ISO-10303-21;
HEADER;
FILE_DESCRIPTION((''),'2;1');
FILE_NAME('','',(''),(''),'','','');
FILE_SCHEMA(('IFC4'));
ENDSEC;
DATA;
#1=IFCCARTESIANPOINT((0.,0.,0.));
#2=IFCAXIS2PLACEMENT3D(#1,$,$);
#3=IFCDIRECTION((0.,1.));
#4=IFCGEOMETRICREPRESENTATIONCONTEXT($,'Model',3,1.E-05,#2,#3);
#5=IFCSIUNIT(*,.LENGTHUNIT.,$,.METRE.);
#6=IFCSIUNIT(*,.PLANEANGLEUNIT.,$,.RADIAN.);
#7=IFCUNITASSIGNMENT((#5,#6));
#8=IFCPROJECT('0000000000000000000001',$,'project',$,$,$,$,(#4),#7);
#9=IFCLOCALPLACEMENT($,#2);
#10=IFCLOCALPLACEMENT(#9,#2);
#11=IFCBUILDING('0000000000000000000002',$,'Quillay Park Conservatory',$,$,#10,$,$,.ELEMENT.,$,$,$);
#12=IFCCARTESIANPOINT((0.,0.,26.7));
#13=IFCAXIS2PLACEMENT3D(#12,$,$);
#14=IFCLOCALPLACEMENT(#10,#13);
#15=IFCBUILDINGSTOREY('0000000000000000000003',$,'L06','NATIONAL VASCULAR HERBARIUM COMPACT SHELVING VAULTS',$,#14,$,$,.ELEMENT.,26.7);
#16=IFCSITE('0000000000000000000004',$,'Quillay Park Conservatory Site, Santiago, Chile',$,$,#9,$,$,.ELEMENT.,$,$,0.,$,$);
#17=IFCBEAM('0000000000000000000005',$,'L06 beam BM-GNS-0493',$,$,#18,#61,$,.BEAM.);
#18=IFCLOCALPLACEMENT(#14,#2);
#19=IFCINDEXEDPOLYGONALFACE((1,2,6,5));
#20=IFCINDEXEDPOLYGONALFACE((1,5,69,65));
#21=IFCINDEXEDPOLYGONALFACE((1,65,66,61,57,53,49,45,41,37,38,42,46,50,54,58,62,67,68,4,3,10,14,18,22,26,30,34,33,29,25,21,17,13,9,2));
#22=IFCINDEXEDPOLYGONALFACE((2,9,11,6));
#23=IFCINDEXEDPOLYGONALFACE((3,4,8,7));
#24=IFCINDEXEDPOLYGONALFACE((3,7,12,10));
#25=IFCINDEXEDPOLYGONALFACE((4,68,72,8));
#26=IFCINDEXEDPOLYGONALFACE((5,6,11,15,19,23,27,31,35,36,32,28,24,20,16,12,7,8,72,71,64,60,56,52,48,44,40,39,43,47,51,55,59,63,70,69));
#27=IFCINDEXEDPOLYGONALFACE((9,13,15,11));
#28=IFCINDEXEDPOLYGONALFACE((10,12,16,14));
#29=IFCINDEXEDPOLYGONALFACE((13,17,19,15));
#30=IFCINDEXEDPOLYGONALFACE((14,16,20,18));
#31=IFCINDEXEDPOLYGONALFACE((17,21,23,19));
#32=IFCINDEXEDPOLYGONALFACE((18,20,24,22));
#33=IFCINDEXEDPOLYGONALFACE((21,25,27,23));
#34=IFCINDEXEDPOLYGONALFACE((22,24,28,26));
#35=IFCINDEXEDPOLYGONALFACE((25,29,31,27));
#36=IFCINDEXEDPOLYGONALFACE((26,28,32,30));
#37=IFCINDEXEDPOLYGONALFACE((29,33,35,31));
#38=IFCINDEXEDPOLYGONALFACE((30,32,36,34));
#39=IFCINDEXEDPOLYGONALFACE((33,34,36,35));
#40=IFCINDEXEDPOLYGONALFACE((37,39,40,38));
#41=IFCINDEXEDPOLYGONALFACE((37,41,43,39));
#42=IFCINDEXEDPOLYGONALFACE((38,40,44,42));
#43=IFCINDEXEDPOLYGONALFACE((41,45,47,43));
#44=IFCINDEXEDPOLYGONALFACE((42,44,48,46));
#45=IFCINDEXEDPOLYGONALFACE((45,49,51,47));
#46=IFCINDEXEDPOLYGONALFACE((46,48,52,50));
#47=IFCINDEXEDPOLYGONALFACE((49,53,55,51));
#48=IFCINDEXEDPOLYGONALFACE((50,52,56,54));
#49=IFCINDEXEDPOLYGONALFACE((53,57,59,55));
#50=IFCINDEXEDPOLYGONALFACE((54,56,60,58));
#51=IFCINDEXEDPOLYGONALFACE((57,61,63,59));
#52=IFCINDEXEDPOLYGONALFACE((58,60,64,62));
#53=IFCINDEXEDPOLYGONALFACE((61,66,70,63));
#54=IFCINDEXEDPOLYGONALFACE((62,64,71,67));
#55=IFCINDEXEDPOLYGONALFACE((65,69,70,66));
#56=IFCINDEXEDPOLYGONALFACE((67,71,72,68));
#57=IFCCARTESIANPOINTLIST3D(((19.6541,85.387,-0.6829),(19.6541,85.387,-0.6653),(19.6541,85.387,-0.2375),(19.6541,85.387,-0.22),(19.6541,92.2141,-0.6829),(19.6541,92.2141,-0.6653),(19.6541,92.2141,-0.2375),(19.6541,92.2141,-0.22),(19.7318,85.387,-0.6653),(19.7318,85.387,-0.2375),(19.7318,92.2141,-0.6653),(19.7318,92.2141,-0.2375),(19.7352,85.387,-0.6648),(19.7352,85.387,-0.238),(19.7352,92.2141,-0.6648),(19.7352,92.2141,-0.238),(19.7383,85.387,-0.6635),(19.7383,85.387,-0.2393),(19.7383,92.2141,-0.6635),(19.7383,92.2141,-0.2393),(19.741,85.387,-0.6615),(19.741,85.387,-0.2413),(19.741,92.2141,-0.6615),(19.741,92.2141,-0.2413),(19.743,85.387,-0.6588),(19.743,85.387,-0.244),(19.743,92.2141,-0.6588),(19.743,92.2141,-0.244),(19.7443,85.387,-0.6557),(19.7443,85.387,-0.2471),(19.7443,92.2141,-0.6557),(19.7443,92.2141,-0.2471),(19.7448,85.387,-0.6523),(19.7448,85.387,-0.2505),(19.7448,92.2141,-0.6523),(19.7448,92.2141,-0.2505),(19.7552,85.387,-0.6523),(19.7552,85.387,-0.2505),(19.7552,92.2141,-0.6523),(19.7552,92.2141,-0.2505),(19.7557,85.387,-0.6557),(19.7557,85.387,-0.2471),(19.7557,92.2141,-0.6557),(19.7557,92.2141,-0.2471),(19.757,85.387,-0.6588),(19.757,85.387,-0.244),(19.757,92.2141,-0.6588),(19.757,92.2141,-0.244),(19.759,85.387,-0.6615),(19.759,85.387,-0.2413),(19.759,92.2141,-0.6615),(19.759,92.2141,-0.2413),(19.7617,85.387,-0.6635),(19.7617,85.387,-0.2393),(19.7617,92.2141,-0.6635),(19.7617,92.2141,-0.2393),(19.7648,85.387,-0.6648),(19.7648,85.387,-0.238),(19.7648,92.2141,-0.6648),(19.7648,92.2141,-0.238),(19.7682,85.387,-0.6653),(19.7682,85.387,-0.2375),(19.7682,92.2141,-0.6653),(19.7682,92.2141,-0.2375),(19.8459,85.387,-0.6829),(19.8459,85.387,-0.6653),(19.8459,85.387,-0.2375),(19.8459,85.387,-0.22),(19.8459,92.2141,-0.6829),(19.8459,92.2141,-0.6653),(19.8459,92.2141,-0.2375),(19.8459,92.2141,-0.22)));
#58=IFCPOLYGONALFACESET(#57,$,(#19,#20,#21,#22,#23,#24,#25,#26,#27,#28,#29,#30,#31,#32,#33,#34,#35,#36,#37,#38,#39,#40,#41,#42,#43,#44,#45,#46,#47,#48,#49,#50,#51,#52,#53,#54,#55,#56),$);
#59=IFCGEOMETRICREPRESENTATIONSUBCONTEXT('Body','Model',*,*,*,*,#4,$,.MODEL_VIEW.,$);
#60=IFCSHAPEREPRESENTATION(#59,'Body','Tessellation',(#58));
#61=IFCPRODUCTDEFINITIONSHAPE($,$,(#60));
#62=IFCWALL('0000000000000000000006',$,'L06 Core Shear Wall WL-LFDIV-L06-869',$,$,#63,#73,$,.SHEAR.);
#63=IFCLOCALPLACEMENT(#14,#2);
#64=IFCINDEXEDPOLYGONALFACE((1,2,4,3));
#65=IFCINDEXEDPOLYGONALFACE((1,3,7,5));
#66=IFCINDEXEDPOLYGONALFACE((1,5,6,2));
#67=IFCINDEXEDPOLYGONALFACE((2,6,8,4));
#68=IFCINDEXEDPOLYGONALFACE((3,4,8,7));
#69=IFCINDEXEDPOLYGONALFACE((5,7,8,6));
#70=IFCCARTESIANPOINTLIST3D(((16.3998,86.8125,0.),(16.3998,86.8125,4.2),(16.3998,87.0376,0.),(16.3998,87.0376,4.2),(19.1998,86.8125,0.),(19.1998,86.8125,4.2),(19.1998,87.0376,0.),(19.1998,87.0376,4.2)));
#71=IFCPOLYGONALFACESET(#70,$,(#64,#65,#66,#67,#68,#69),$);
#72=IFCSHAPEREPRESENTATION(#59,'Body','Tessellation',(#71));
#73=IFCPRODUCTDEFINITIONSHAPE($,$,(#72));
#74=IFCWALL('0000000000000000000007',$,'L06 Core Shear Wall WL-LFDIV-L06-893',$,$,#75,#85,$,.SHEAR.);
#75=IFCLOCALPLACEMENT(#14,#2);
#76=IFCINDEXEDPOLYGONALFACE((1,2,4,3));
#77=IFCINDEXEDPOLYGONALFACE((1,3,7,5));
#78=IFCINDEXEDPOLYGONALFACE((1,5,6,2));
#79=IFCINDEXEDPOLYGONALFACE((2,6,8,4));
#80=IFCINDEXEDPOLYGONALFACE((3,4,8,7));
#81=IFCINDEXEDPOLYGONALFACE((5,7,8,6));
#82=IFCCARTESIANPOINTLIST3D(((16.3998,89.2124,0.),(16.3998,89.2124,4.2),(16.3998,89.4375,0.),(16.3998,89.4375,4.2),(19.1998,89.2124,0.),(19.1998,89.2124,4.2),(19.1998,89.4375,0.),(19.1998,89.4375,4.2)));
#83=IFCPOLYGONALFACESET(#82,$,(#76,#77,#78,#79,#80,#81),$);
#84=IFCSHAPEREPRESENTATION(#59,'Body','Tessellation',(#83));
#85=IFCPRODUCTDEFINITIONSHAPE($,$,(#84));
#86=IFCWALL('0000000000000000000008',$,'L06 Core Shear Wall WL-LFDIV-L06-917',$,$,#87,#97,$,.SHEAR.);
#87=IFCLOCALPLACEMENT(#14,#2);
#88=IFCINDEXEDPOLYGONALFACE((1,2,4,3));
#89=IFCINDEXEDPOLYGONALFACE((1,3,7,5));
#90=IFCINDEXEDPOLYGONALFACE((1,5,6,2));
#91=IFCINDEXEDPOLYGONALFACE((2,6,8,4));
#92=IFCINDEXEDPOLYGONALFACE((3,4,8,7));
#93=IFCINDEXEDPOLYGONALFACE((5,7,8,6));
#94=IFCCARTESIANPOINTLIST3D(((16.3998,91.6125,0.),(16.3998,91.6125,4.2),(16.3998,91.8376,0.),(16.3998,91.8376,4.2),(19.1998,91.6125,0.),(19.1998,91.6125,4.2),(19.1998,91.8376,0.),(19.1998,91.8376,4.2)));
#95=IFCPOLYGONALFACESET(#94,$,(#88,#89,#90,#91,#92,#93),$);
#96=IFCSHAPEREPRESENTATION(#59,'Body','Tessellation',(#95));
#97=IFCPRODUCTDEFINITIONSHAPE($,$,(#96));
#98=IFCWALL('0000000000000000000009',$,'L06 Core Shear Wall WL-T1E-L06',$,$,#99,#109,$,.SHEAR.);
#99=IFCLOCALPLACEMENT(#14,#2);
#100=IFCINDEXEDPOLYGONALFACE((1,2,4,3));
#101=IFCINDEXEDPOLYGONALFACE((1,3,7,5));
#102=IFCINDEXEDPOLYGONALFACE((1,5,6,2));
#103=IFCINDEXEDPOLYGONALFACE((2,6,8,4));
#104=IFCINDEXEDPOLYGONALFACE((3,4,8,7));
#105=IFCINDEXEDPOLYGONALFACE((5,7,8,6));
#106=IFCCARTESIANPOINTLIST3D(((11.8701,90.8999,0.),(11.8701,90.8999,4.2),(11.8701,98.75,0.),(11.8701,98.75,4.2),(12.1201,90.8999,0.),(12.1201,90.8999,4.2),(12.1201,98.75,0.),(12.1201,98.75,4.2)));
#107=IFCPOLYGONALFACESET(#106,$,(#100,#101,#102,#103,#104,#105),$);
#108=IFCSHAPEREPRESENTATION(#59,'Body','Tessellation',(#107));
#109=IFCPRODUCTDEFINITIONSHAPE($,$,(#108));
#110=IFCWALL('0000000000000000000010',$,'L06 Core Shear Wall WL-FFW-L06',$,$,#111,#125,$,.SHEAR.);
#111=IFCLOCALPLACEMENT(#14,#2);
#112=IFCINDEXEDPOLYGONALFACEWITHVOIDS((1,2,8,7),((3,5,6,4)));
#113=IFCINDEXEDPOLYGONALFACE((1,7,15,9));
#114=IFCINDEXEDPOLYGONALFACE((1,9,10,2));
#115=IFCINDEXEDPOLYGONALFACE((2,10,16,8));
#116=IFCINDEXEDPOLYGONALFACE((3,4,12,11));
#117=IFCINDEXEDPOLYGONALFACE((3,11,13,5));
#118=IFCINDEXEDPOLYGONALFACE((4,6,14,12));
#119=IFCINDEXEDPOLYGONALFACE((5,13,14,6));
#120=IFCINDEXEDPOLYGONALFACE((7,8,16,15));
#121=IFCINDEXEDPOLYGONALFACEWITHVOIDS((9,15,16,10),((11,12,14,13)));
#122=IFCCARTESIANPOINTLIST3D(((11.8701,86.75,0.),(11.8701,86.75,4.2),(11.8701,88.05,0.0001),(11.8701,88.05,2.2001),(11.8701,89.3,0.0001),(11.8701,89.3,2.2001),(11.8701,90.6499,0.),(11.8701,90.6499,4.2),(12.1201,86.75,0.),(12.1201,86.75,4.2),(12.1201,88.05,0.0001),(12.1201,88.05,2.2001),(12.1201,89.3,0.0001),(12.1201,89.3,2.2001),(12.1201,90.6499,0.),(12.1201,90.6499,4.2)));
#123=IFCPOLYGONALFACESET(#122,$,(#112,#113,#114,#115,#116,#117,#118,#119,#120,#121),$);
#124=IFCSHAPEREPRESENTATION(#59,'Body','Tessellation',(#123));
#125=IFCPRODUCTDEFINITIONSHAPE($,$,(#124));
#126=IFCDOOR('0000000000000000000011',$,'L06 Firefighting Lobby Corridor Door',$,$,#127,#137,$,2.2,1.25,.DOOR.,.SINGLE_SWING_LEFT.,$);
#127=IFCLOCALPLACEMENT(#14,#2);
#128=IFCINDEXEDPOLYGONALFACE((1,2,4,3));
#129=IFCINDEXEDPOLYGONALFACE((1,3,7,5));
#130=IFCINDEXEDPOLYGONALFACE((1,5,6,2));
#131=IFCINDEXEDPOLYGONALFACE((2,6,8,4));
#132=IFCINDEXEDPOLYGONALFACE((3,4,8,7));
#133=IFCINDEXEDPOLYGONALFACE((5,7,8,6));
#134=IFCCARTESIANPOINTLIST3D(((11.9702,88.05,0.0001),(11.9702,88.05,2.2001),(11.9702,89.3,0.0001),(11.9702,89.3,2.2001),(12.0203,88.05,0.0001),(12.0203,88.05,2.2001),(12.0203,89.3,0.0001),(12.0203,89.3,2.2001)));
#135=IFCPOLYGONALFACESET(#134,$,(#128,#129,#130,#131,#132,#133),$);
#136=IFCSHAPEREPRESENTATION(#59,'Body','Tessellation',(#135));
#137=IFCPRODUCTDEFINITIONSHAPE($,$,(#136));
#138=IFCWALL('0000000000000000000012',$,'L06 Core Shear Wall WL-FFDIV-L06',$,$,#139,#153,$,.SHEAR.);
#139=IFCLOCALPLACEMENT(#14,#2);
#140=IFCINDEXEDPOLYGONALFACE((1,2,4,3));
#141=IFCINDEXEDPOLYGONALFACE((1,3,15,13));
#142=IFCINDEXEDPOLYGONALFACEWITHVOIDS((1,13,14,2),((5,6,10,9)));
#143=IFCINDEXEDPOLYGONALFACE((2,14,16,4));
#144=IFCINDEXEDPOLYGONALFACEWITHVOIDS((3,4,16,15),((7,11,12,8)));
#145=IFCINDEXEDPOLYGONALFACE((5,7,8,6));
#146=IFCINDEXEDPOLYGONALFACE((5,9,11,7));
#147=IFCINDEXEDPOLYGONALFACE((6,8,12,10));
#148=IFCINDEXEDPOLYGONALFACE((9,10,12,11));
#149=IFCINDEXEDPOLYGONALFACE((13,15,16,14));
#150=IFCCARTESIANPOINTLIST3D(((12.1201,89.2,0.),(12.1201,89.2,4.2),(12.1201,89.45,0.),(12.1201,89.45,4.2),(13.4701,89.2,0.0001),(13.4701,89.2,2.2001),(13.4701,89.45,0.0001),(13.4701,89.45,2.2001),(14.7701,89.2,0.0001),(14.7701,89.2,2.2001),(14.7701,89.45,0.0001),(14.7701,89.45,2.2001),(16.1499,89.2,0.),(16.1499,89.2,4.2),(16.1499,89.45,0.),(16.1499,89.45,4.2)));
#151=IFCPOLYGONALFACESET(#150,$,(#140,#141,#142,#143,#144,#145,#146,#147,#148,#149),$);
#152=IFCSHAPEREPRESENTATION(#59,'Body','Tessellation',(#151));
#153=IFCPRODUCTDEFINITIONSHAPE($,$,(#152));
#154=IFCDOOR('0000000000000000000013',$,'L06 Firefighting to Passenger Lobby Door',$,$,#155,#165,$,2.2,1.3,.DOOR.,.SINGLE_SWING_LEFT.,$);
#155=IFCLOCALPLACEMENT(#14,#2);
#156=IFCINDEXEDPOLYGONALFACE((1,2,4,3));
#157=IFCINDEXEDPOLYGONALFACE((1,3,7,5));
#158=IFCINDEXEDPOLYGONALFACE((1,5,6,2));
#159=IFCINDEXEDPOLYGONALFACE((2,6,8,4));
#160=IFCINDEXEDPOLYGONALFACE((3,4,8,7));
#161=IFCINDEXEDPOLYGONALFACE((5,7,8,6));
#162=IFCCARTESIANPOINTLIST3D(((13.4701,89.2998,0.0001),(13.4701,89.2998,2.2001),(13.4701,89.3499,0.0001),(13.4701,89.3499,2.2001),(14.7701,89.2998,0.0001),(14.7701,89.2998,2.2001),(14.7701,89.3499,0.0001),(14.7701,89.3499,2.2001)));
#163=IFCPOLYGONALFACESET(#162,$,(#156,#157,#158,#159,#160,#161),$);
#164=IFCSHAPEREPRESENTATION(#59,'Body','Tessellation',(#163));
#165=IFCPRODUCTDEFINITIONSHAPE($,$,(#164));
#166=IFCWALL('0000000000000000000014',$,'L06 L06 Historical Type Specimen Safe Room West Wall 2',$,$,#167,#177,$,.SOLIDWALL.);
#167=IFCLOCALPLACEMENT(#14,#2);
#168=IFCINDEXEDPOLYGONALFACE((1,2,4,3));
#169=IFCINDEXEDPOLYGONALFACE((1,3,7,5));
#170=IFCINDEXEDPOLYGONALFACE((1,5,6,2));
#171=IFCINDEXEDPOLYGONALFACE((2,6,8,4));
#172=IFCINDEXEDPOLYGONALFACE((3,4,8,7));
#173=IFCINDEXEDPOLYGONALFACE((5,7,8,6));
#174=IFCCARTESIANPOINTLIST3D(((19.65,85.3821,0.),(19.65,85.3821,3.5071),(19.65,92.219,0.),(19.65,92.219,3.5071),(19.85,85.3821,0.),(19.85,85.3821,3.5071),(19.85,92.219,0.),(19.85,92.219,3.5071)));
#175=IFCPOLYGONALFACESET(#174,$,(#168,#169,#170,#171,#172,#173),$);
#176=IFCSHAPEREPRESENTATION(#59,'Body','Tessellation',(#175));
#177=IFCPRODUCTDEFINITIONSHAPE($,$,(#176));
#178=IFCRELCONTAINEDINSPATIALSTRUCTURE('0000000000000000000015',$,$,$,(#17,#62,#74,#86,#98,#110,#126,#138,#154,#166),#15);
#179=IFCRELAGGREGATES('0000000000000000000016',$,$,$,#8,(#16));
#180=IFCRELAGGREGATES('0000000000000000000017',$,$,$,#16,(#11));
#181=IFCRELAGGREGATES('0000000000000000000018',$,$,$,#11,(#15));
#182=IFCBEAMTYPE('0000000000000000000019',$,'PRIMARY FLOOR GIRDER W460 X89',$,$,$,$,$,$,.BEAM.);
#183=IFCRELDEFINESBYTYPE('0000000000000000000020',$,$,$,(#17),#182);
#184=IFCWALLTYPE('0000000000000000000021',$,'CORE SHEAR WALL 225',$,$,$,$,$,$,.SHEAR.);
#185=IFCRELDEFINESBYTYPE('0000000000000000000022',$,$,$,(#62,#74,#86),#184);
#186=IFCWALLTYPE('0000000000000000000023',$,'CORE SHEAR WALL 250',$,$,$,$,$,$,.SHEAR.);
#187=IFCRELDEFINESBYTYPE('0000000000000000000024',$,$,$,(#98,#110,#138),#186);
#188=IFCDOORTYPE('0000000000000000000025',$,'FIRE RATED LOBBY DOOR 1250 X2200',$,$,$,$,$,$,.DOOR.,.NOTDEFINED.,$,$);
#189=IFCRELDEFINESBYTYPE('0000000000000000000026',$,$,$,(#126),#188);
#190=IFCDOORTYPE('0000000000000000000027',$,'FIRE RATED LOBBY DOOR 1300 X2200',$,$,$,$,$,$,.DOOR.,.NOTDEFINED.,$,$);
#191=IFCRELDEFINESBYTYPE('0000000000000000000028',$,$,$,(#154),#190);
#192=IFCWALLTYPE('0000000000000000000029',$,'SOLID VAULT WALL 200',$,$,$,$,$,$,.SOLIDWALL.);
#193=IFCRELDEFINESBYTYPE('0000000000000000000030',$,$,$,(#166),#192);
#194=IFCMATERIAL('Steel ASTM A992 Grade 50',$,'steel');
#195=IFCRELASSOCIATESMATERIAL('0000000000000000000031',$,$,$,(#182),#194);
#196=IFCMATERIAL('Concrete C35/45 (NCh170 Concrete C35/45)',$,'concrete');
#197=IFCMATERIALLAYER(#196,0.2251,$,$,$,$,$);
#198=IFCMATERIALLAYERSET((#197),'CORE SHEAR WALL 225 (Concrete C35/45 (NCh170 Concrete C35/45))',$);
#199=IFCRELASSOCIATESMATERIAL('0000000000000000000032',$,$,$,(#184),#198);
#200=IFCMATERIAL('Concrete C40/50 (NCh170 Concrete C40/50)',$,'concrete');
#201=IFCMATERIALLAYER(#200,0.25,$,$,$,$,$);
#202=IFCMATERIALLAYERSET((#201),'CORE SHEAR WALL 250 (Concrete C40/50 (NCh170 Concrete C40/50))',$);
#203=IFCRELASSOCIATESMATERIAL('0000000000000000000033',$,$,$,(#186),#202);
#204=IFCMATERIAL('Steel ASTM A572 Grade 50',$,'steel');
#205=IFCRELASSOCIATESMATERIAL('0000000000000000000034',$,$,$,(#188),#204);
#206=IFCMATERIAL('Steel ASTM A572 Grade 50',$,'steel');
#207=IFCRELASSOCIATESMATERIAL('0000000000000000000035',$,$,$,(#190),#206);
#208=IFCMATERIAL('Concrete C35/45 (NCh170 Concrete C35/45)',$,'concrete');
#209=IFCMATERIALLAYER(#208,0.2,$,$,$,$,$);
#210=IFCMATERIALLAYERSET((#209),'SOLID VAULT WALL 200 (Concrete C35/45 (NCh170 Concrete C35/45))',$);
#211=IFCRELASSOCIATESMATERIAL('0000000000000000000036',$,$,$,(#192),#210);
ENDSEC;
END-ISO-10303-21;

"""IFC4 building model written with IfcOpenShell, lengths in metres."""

from ifc_helpers import new_model, si_unit, direction, frame, frame_2d, origin, origin_2d, place, context, subcontext, project, spatial, rectangle, i_section, extrude, material, layer, layer_set, material_profile, profile_set, type_object, element, fill, save


model = new_model("IFC4")

# Units and contexts
model_context = context("Model", 3, precision=1e-05, world=origin(), true_north=direction((0.0, 1.0)))
body_context = subcontext(model_context, "Body", "Model", "MODEL_VIEW")
ifc_project = project(units=[si_unit("LENGTHUNIT", "METRE"), si_unit("PLANEANGLEUNIT", "RADIAN")], contexts=[model_context])

# Site, building, storey
site_placement = place(None, origin())
site = spatial("IfcSite", under=ifc_project, at=site_placement, Name="Quillay Park Conservatory Site, Santiago, Chile", CompositionType="ELEMENT", RefElevation=0.0)
building_placement = place(site_placement, origin())
building = spatial("IfcBuilding", under=site, at=building_placement, Name="Quillay Park Conservatory", CompositionType="ELEMENT")
storey_placement = place(building_placement, frame((0.0, 0.0, 26.7)))
storey = spatial("IfcBuildingStorey", under=building, at=storey_placement, Name="L06", Description="NATIONAL VASCULAR HERBARIUM COMPACT SHELVING VAULTS", CompositionType="ELEMENT", Elevation=26.7)

# Beam
ifc_material_1 = material(Name="Steel ASTM A992 Grade 50", Category="steel")
ifc_material_profile = material_profile(ifc_material_1, i_section(OverallWidth=0.1919, OverallDepth=0.4629, WebThickness=0.0105, FlangeThickness=0.0176, FilletRadius=0.0129, at=origin_2d()), Name="W460x89")
ifc_profile_set = profile_set([ifc_material_profile], Name="Steel ASTM A992 Grade 50")
beam_type = type_object("IfcBeamType", Name="PRIMARY FLOOR GIRDER W460 X89", PredefinedType="BEAM", material=ifc_profile_set)
beam_placement = place(storey_placement, frame((19.75, 85.387, -0.4514), z_axis=(0.0, 1.0, 0.0), x_axis=(-1.0, 0.0, 0.0)))
element("IfcBeam", 1, at=beam_placement, inside=storey, type_object=beam_type, Name="L06 beam BM-GNS-0493", PredefinedType="BEAM", context=body_context, shape_type="SweptSolid", body=[
    extrude(i_section(OverallWidth=0.1919, OverallDepth=0.4629, WebThickness=0.0105, FlangeThickness=0.0176, FilletRadius=0.0129, at=origin_2d()), origin(), (0.0, 0.0, 1.0), 6.8271),
])

# Walls
ifc_material_2 = material(Name="Concrete C35/45 (NCh170 Concrete C35/45)", Category="concrete")
ifc_layer_1 = layer(ifc_material_2, 0.2251)
ifc_layer_set_1 = layer_set([ifc_layer_1], Name="CORE SHEAR WALL 225 (Concrete C35/45 (NCh170 Concrete C35/45))")
wall_type_1 = type_object("IfcWallType", Name="CORE SHEAR WALL 225", PredefinedType="SHEAR", material=ifc_layer_set_1)
for number, where, z_axis, x_axis, name in (
    (2, (16.3999, 86.925, 0.0), (0.0, 0.0, 1.0), (1.0, 0.0, 0.0), "L06 Core Shear Wall WL-LFDIV-L06-869"),
    (3, (16.3999, 89.325, 0.0), (0.0, 0.0, 1.0), (1.0, 0.0, 0.0), "L06 Core Shear Wall WL-LFDIV-L06-893"),
    (4, (16.3999, 91.7251, 0.0), (0.0, 0.0, 1.0), (1.0, 0.0, 0.0), "L06 Core Shear Wall WL-LFDIV-L06-917"),
):
    element("IfcWall", number, at=place(storey_placement, frame(where, z_axis=z_axis, x_axis=x_axis)), inside=storey, type_object=wall_type_1, Name=name, PredefinedType="SHEAR", context=body_context, shape_type="SweptSolid", body=[
        extrude(rectangle(XDim=2.8, YDim=0.2251, at=frame_2d((1.3999, 0.0))), origin(), (0.0, 0.0, 1.0), 4.2),
    ])
ifc_material_3 = material(Name="Concrete C40/50 (NCh170 Concrete C40/50)", Category="concrete")
ifc_layer_2 = layer(ifc_material_3, 0.25)
ifc_layer_set_2 = layer_set([ifc_layer_2], Name="CORE SHEAR WALL 250 (Concrete C40/50 (NCh170 Concrete C40/50))")
wall_type_2 = type_object("IfcWallType", Name="CORE SHEAR WALL 250", PredefinedType="SHEAR", material=ifc_layer_set_2)
wall_1_placement = place(storey_placement, frame((11.9951, 90.8999, 0.0), z_axis=(0.0, 0.0, 1.0), x_axis=(0.0, 1.0, 0.0)))
element("IfcWall", 5, at=wall_1_placement, inside=storey, type_object=wall_type_2, Name="L06 Core Shear Wall WL-T1E-L06", PredefinedType="SHEAR", context=body_context, shape_type="SweptSolid", body=[
    extrude(rectangle(XDim=7.8501, YDim=0.25, at=frame_2d((3.925, 0.0))), origin(), (0.0, 0.0, 1.0), 4.2),
])

# Walls, openings, doors
wall_2_placement = place(storey_placement, frame((11.9951, 86.75, 0.0), z_axis=(0.0, 0.0, 1.0), x_axis=(0.0, 1.0, 0.0)))
wall_2 = element("IfcWall", 6, at=wall_2_placement, inside=storey, type_object=wall_type_2, Name="L06 Core Shear Wall WL-FFW-L06", PredefinedType="SHEAR", context=body_context, shape_type="SweptSolid", body=[
    extrude(rectangle(XDim=3.8999, YDim=0.25, at=frame_2d((1.95, 0.0))), origin(), (0.0, 0.0, 1.0), 4.2),
])
opening_1_placement = place(wall_2_placement, frame((1.3, 0.0, 0.0)))
opening_1 = element("IfcOpeningElement", 7, at=opening_1_placement, cuts=wall_2, PredefinedType="OPENING", context=body_context, shape_type="SweptSolid", body=[
    extrude(rectangle(XDim=1.25, YDim=2.2, at=frame_2d((0.625, 1.1001))), frame((0.0, 0.125, 0.0), z_axis=(0.0, -1.0, 0.0), x_axis=(1.0, 0.0, 0.0)), (0.0, 0.0, 1.0), 0.25),
])
ifc_material_4 = material(Name="Steel ASTM A572 Grade 50", Category="steel")
door_type_1 = type_object("IfcDoorType", Name="FIRE RATED LOBBY DOOR 1250 X2200", OperationType="NOTDEFINED", PredefinedType="DOOR", material=ifc_material_4)
door_1_placement = place(opening_1_placement, origin())
door_1 = element("IfcDoor", 8, at=door_1_placement, inside=storey, type_object=door_type_1, Name="L06 Firefighting Lobby Corridor Door", OperationType="SINGLE_SWING_LEFT", OverallHeight=2.2, OverallWidth=1.25, PredefinedType="DOOR", context=body_context, shape_type="SweptSolid", body=[
    extrude(rectangle(XDim=1.25, YDim=2.2, at=frame_2d((0.625, 1.1001))), frame((0.0, 0.0249, 0.0), z_axis=(0.0, -1.0, 0.0), x_axis=(1.0, 0.0, 0.0)), (0.0, 0.0, 1.0), 0.05),
])
fill(opening_1, door_1)
wall_3_placement = place(storey_placement, frame((12.1201, 89.325, 0.0), z_axis=(0.0, 0.0, 1.0), x_axis=(1.0, 0.0, 0.0)))
wall_3 = element("IfcWall", 9, at=wall_3_placement, inside=storey, type_object=wall_type_2, Name="L06 Core Shear Wall WL-FFDIV-L06", PredefinedType="SHEAR", context=body_context, shape_type="SweptSolid", body=[
    extrude(rectangle(XDim=4.0298, YDim=0.25, at=frame_2d((2.0149, 0.0))), origin(), (0.0, 0.0, 1.0), 4.2),
])
opening_2_placement = place(wall_3_placement, frame((1.3501, 0.0, 0.0)))
opening_2 = element("IfcOpeningElement", 10, at=opening_2_placement, cuts=wall_3, PredefinedType="OPENING", context=body_context, shape_type="SweptSolid", body=[
    extrude(rectangle(XDim=1.3, YDim=2.2, at=frame_2d((0.6499, 1.1001))), frame((0.0, 0.125, 0.0), z_axis=(0.0, -1.0, 0.0), x_axis=(1.0, 0.0, 0.0)), (0.0, 0.0, 1.0), 0.25),
])
ifc_material_5 = material(Name="Steel ASTM A572 Grade 50", Category="steel")
door_type_2 = type_object("IfcDoorType", Name="FIRE RATED LOBBY DOOR 1300 X2200", OperationType="NOTDEFINED", PredefinedType="DOOR", material=ifc_material_5)
door_2_placement = place(opening_2_placement, origin())
door_2 = element("IfcDoor", 11, at=door_2_placement, inside=storey, type_object=door_type_2, Name="L06 Firefighting to Passenger Lobby Door", OperationType="SINGLE_SWING_LEFT", OverallHeight=2.2, OverallWidth=1.3, PredefinedType="DOOR", context=body_context, shape_type="SweptSolid", body=[
    extrude(rectangle(XDim=1.3, YDim=2.2, at=frame_2d((0.6499, 1.1001))), frame((0.0, 0.0249, 0.0), z_axis=(0.0, -1.0, 0.0), x_axis=(1.0, 0.0, 0.0)), (0.0, 0.0, 1.0), 0.05),
])
fill(opening_2, door_2)

# Wall
ifc_material_6 = material(Name="Concrete C35/45 (NCh170 Concrete C35/45)", Category="concrete")
ifc_layer_3 = layer(ifc_material_6, 0.2)
ifc_layer_set_3 = layer_set([ifc_layer_3], Name="SOLID VAULT WALL 200 (Concrete C35/45 (NCh170 Concrete C35/45))")
wall_type_3 = type_object("IfcWallType", Name="SOLID VAULT WALL 200", PredefinedType="SOLIDWALL", material=ifc_layer_set_3)
wall_4_placement = place(storey_placement, frame((19.75, 85.3821, 0.0), z_axis=(0.0, 0.0, 1.0), x_axis=(0.0, 1.0, 0.0)))
element("IfcWall", 12, at=wall_4_placement, inside=storey, type_object=wall_type_3, Name="L06 L06 Historical Type Specimen Safe Room West Wall 2", PredefinedType="SOLIDWALL", context=body_context, shape_type="SweptSolid", body=[
    extrude(rectangle(XDim=6.8369, YDim=0.2, at=frame_2d((3.4185, 0.0))), origin(), (0.0, 0.0, 1.0), 3.5071),
])

save(model, "model.ifc")
